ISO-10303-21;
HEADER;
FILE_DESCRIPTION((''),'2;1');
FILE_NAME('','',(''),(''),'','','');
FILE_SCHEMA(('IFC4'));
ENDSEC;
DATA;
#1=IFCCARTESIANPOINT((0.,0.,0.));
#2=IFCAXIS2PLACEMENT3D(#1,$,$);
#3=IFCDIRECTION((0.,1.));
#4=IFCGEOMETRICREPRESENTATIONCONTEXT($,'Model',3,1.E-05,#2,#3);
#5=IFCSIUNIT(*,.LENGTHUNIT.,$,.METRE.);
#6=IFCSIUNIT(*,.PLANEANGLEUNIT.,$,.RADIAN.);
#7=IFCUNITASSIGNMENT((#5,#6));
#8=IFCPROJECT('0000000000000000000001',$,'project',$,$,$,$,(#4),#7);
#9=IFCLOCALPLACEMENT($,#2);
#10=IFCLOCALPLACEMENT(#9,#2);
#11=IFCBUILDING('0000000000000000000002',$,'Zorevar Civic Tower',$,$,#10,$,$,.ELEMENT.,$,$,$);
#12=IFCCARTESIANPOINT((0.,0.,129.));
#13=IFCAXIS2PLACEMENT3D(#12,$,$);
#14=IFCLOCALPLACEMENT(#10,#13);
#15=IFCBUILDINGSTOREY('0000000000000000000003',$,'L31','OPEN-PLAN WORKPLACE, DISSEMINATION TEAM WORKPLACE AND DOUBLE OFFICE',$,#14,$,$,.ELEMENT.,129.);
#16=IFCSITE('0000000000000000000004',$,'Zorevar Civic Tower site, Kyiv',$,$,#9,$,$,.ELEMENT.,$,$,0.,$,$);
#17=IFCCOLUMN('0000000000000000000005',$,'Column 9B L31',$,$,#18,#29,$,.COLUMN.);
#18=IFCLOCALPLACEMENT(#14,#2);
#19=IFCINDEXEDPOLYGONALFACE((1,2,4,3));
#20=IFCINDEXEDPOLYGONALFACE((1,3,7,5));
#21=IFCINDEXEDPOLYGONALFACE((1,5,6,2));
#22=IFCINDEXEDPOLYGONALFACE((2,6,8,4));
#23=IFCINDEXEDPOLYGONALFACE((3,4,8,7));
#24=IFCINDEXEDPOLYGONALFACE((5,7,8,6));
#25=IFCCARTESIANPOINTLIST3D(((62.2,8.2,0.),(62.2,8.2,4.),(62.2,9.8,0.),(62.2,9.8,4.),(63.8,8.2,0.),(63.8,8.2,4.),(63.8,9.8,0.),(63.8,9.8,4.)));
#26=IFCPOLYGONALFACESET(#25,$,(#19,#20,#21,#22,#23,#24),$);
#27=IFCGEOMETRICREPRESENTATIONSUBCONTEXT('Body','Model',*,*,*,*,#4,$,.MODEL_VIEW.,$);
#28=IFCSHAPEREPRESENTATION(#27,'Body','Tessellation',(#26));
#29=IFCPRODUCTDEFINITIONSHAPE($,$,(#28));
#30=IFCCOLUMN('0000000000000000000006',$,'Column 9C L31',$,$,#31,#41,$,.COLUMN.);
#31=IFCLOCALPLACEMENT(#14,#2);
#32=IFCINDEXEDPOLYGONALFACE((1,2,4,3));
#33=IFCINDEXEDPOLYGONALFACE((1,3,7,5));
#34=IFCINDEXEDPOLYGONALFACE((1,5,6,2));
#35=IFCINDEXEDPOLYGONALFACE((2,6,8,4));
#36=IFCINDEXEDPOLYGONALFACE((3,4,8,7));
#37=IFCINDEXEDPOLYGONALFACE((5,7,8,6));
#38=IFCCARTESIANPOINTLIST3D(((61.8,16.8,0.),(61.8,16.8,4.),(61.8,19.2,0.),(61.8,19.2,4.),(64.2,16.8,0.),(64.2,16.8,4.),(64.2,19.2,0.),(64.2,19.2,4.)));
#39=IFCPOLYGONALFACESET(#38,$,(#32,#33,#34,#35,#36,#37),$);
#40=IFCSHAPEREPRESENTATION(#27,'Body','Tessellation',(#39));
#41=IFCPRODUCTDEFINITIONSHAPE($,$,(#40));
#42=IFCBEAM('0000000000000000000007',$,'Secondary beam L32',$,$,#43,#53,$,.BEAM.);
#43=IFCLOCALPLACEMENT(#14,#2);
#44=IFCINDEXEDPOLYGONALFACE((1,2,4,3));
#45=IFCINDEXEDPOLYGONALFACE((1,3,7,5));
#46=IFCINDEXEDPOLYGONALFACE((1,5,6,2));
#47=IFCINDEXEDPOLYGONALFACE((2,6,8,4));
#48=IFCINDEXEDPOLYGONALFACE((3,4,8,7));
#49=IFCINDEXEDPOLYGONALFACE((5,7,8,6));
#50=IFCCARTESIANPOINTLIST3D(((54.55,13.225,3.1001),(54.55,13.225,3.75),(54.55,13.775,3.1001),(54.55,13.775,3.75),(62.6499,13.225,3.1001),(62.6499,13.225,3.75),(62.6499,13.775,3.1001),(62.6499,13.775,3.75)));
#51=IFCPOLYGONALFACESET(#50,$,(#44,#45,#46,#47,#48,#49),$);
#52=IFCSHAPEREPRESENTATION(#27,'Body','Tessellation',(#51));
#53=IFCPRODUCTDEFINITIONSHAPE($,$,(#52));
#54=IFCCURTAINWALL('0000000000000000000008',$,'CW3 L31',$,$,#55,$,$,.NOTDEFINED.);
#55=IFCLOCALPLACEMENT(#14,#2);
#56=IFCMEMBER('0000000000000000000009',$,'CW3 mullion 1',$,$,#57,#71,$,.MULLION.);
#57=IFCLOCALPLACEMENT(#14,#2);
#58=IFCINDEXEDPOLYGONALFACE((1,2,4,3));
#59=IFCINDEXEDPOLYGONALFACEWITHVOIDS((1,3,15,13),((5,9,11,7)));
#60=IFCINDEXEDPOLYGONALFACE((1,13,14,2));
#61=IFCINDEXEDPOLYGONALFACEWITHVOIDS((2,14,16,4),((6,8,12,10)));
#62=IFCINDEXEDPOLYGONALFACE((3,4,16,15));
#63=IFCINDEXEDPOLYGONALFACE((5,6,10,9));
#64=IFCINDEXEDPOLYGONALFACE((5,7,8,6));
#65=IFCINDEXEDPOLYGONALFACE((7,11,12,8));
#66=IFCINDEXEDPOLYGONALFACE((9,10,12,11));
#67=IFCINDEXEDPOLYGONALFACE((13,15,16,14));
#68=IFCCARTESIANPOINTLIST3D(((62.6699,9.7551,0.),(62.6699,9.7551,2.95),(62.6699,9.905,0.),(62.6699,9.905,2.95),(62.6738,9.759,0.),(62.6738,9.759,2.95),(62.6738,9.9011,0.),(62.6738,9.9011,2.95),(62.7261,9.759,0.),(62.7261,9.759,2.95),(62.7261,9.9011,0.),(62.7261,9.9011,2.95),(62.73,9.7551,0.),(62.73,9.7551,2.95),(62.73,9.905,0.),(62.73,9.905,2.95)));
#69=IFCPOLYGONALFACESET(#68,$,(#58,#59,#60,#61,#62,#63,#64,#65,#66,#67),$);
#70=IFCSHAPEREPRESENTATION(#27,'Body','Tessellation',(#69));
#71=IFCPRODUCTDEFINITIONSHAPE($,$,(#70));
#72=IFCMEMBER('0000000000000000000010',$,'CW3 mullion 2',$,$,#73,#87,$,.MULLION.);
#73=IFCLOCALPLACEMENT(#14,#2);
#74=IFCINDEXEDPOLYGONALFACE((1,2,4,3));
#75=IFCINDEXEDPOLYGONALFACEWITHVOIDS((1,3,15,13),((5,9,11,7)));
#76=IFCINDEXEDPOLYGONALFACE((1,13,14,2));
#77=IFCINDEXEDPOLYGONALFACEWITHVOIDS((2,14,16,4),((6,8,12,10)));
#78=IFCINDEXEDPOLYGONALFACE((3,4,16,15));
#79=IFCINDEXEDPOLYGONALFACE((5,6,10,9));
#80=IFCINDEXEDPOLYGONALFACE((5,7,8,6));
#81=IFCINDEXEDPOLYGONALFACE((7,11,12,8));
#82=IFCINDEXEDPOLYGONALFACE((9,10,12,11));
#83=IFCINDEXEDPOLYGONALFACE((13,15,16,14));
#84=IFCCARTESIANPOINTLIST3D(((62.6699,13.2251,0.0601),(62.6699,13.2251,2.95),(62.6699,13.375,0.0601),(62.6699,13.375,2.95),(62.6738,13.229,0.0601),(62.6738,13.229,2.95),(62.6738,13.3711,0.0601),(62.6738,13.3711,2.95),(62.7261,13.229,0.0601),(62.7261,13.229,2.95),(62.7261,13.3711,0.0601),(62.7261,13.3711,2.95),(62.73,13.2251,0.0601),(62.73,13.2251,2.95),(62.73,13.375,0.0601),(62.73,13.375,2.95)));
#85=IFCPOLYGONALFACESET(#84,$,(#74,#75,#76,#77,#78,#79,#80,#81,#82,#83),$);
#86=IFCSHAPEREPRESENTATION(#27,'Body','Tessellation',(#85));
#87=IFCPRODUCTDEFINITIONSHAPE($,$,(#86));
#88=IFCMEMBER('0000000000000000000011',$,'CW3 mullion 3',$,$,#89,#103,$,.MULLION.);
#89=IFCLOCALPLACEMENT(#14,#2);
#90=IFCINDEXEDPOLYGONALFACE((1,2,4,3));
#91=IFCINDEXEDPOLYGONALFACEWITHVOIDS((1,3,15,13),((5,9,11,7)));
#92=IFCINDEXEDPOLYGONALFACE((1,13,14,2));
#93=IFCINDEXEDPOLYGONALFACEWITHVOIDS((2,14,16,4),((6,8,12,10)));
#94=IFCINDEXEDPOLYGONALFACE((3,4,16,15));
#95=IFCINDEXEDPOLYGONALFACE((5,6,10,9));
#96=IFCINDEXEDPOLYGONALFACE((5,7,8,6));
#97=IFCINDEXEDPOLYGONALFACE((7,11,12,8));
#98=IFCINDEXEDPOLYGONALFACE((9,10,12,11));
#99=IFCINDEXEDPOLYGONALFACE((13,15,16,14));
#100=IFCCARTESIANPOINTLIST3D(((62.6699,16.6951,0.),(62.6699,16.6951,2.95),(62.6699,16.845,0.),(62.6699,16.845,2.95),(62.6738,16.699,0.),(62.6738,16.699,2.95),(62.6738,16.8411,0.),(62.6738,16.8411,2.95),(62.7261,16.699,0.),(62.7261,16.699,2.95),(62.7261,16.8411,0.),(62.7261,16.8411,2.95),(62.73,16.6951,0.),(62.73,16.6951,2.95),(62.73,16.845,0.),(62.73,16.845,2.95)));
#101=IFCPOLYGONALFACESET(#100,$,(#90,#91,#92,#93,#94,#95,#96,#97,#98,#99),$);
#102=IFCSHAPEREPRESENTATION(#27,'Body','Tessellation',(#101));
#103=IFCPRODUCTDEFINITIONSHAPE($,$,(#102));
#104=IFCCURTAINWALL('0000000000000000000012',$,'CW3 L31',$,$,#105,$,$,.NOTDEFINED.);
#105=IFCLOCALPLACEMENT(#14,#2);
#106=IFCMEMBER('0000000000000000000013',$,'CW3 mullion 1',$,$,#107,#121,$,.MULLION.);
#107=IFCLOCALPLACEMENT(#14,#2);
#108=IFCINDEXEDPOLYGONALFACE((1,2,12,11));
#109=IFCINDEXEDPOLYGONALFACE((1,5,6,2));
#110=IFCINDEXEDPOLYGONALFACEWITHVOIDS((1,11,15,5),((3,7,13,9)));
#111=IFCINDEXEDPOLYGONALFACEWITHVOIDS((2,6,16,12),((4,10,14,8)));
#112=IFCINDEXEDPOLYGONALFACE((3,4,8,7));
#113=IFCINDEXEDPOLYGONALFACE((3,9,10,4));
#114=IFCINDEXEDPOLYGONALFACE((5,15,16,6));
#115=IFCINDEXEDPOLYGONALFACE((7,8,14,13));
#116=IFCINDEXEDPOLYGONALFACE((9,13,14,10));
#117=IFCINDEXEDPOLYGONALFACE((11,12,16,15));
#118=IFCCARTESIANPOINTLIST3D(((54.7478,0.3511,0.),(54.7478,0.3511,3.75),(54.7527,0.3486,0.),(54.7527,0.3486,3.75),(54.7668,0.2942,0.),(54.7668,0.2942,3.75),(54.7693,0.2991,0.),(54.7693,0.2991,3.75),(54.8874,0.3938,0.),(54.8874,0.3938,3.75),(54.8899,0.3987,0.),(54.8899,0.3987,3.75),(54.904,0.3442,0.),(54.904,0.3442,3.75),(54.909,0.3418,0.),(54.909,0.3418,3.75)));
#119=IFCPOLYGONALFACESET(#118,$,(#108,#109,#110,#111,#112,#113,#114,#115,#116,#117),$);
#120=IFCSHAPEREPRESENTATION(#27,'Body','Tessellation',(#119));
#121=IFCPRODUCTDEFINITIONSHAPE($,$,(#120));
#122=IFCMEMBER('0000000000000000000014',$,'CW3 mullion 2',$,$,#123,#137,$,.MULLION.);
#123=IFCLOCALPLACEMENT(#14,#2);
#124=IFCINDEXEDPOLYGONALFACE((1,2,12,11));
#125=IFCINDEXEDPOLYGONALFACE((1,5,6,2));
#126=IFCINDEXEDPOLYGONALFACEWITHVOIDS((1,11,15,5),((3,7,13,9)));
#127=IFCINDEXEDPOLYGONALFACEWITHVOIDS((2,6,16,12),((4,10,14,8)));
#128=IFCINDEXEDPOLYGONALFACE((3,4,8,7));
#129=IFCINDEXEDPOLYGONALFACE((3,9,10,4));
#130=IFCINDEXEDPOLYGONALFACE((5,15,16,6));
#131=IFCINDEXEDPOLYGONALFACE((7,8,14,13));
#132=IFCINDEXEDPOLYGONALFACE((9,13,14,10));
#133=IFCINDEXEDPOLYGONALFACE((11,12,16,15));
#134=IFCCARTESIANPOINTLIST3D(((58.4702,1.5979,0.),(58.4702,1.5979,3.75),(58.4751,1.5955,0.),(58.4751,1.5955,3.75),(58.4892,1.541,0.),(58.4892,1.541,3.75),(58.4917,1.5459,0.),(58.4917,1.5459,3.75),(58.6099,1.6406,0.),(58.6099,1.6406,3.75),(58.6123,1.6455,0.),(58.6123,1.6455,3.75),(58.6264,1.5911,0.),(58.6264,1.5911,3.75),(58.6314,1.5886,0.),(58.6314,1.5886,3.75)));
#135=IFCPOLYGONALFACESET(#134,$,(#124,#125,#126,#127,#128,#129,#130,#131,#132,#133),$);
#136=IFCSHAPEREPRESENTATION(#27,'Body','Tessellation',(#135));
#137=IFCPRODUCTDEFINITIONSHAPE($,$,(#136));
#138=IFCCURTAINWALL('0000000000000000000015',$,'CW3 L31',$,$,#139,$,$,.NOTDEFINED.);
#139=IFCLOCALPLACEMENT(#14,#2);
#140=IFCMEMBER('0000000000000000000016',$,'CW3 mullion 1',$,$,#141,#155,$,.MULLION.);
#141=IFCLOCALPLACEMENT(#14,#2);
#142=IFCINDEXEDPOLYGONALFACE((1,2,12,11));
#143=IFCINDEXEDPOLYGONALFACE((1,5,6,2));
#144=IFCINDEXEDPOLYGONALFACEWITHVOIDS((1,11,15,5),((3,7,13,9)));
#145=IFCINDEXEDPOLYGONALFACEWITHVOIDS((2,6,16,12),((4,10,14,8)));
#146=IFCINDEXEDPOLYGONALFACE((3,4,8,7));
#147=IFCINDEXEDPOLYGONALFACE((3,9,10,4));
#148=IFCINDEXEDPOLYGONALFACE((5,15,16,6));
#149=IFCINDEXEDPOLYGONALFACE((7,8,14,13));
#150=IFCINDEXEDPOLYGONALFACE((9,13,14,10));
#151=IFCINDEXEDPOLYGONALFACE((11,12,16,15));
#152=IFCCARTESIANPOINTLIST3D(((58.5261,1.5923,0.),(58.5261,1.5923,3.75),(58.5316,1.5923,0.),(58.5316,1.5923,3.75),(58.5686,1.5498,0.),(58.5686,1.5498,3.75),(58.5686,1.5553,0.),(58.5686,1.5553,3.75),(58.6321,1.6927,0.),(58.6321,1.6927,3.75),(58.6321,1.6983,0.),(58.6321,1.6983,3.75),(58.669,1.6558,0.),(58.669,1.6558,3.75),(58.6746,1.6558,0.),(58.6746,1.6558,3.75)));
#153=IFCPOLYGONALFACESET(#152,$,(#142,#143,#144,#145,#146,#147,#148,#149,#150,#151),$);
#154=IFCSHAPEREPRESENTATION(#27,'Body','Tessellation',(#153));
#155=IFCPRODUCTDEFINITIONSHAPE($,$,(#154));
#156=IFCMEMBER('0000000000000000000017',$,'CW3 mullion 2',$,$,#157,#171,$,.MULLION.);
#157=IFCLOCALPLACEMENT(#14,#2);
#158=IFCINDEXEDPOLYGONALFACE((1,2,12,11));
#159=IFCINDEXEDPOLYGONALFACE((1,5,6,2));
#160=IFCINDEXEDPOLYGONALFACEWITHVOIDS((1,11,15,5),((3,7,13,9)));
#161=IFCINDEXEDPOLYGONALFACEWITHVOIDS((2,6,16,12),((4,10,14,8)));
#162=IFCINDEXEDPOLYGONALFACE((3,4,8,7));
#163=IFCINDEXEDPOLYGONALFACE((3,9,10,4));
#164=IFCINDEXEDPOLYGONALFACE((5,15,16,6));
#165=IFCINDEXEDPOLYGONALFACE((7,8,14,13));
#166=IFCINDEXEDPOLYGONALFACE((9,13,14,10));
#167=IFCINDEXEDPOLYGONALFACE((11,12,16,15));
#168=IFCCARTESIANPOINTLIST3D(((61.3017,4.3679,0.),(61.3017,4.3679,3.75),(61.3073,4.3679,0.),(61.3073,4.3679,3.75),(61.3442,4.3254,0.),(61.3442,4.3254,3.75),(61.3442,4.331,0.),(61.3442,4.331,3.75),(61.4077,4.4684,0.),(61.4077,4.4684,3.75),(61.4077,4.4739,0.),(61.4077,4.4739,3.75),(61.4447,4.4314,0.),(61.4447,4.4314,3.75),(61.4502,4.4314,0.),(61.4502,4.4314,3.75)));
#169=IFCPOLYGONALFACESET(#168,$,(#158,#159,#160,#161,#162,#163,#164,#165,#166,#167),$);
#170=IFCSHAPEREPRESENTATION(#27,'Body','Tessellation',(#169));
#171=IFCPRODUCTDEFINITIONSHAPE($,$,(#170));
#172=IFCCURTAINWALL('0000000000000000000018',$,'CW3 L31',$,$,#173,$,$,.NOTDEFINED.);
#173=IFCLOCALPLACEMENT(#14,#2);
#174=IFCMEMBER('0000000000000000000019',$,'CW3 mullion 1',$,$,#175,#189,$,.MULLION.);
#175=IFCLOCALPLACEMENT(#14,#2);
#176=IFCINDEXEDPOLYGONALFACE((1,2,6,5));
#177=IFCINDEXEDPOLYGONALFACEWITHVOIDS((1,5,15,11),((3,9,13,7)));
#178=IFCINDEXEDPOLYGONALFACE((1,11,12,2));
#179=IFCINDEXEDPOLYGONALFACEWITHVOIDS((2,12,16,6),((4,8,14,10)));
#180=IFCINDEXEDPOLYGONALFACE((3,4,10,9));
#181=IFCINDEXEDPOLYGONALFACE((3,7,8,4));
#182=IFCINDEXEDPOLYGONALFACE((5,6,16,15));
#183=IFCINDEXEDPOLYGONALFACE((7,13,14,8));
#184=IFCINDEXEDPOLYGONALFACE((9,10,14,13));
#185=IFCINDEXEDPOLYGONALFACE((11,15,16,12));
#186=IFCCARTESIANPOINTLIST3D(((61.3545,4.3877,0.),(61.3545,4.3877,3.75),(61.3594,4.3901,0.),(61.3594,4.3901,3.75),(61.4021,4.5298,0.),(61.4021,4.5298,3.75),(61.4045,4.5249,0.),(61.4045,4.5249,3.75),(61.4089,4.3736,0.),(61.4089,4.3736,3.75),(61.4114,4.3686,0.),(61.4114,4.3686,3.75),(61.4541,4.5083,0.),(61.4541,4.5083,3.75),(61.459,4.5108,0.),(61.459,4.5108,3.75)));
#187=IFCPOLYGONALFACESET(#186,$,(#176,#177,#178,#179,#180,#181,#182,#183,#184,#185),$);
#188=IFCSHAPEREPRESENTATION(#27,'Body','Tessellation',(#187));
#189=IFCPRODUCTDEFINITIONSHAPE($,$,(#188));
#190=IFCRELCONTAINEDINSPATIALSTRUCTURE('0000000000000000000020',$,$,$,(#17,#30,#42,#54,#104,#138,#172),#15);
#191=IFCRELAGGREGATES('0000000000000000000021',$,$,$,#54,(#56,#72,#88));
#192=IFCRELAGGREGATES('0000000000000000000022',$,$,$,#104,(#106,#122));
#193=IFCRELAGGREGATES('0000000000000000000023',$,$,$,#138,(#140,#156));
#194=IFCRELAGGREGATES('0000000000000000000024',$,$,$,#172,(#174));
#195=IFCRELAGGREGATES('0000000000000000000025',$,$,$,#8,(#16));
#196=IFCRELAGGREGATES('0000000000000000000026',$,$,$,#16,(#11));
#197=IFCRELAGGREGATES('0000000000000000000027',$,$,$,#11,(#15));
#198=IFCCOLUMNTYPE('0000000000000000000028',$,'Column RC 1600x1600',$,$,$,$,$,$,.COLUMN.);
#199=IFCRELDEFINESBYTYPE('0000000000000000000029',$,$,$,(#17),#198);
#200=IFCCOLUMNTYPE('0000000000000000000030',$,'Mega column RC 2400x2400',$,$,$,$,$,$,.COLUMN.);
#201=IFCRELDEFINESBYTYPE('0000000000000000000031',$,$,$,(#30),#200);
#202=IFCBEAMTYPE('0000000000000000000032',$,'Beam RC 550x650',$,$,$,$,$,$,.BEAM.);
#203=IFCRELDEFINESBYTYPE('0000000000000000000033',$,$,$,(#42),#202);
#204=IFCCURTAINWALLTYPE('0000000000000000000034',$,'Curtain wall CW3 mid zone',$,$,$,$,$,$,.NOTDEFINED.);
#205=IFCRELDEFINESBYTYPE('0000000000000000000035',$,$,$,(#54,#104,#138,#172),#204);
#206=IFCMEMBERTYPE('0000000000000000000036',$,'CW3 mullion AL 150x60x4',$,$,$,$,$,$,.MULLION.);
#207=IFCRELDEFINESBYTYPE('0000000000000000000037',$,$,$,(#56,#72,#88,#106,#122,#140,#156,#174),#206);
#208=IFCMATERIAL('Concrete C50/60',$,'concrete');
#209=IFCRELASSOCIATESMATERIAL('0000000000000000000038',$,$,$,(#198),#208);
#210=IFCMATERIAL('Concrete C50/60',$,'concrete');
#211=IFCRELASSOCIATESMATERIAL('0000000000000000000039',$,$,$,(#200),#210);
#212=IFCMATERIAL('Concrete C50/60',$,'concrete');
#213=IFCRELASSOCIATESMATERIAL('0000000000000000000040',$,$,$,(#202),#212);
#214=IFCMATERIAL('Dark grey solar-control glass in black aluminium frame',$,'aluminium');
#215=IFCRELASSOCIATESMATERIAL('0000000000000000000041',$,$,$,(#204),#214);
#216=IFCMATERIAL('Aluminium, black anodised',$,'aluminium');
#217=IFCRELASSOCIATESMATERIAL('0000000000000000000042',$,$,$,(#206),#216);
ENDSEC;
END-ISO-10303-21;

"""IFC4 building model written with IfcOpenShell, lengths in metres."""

from ifc_helpers import new_model, si_unit, direction, frame, origin, origin_2d, place, context, subcontext, project, spatial, rectangle, hollow_rectangle, extrude, material, material_profile, profile_set, type_object, element, aggregate, save


model = new_model("IFC4")

# Units and contexts
model_context = context("Model", 3, precision=1e-05, world=origin(), true_north=direction((0.0, 1.0)))
body_context = subcontext(model_context, "Body", "Model", "MODEL_VIEW")
ifc_project = project(units=[si_unit("LENGTHUNIT", "METRE"), si_unit("PLANEANGLEUNIT", "RADIAN")], contexts=[model_context])

# Site, building, storey
site_placement = place(None, origin())
site = spatial("IfcSite", under=ifc_project, at=site_placement, Name="Zorevar Civic Tower site, Kyiv", CompositionType="ELEMENT", RefElevation=0.0)
building_placement = place(site_placement, origin())
building = spatial("IfcBuilding", under=site, at=building_placement, Name="Zorevar Civic Tower", CompositionType="ELEMENT")
storey_placement = place(building_placement, frame((0.0, 0.0, 129.0)))
storey = spatial("IfcBuildingStorey", under=building, at=storey_placement, Name="L31", Description="OPEN-PLAN WORKPLACE, DISSEMINATION TEAM WORKPLACE AND DOUBLE OFFICE", CompositionType="ELEMENT", Elevation=129.0)

# Columns
ifc_material_1 = material(Name="Concrete C50/60", Category="concrete")
ifc_material_profile_1 = material_profile(ifc_material_1, rectangle(XDim=1.6001, YDim=1.6001, at=origin_2d()), Name="RC 1600x1600")
ifc_profile_set_1 = profile_set([ifc_material_profile_1], Name="Concrete C50/60")
column_type_1 = type_object("IfcColumnType", Name="Column RC 1600x1600", PredefinedType="COLUMN", material=ifc_profile_set_1)
column_1_placement = place(storey_placement, frame((63.0, 9.0, 0.0), z_axis=(0.0, 0.0, 1.0), x_axis=(1.0, 0.0, 0.0)))
element("IfcColumn", 1, at=column_1_placement, inside=storey, type_object=column_type_1, Name="Column 9B L31", PredefinedType="COLUMN", context=body_context, shape_type="SweptSolid", body=[
    extrude(rectangle(XDim=1.6001, YDim=1.6001, at=origin_2d()), origin(), (0.0, 0.0, 1.0), 4.0),
])
ifc_material_2 = material(Name="Concrete C50/60", Category="concrete")
ifc_material_profile_2 = material_profile(ifc_material_2, rectangle(XDim=2.3999, YDim=2.3999, at=origin_2d()), Name="RC 2400x2400")
ifc_profile_set_2 = profile_set([ifc_material_profile_2], Name="Concrete C50/60")
column_type_2 = type_object("IfcColumnType", Name="Mega column RC 2400x2400", PredefinedType="COLUMN", material=ifc_profile_set_2)
column_2_placement = place(storey_placement, frame((63.0, 18.0, 0.0), z_axis=(0.0, 0.0, 1.0), x_axis=(1.0, 0.0, 0.0)))
element("IfcColumn", 2, at=column_2_placement, inside=storey, type_object=column_type_2, Name="Column 9C L31", PredefinedType="COLUMN", context=body_context, shape_type="SweptSolid", body=[
    extrude(rectangle(XDim=2.3999, YDim=2.3999, at=origin_2d()), origin(), (0.0, 0.0, 1.0), 4.0),
])

# Beam
ifc_material_3 = material(Name="Concrete C50/60", Category="concrete")
ifc_material_profile_3 = material_profile(ifc_material_3, rectangle(XDim=0.55, YDim=0.6499, at=origin_2d()), Name="RC 550x650")
ifc_profile_set_3 = profile_set([ifc_material_profile_3], Name="Concrete C50/60")
beam_type_1 = type_object("IfcBeamType", Name="Beam RC 550x650", PredefinedType="BEAM", material=ifc_profile_set_3)
beam_placement = place(storey_placement, frame((54.55, 13.5, 3.425), z_axis=(1.0, 0.0, 0.0), x_axis=(0.0, 1.0, 0.0)))
element("IfcBeam", 3, at=beam_placement, inside=storey, type_object=beam_type_1, Name="Secondary beam L32", PredefinedType="BEAM", context=body_context, shape_type="SweptSolid", body=[
    extrude(rectangle(XDim=0.55, YDim=0.6499, at=origin_2d()), origin(), (0.0, 0.0, 1.0), 8.0999),
])

# Curtain walls, members
ifc_material_4 = material(Name="Dark grey solar-control glass in black aluminium frame", Category="aluminium")
curtain_wall_type = type_object("IfcCurtainWallType", Name="Curtain wall CW3 mid zone", PredefinedType="NOTDEFINED", material=ifc_material_4)
curtain_wall_1_placement = place(storey_placement, origin())
curtain_wall_1 = element("IfcCurtainWall", 4, at=curtain_wall_1_placement, inside=storey, type_object=curtain_wall_type, Name="CW3 L31", PredefinedType="NOTDEFINED")
ifc_material_5 = material(Name="Aluminium, black anodised", Category="aluminium")
ifc_material_profile_4 = material_profile(ifc_material_5, hollow_rectangle(XDim=0.0601, YDim=0.1499, WallThickness=0.0039, at=origin_2d()), Name="AL 150x60x4")
ifc_profile_set_4 = profile_set([ifc_material_profile_4], Name="Aluminium, black anodised")
member_type_1 = type_object("IfcMemberType", Name="CW3 mullion AL 150x60x4", PredefinedType="MULLION", material=ifc_profile_set_4)
member_1_placement = place(storey_placement, frame((62.7, 9.8301, 0.0), z_axis=(0.0, 0.0, 1.0), x_axis=(-1.0, 0.0, 0.0)))
member_1 = element("IfcMember", 5, at=member_1_placement, type_object=member_type_1, Name="CW3 mullion 1", PredefinedType="MULLION", context=body_context, shape_type="SweptSolid", body=[
    extrude(hollow_rectangle(XDim=0.0601, YDim=0.1499, WallThickness=0.0039, at=origin_2d()), origin(), (0.0, 0.0, 1.0), 2.95),
])
member_2_placement = place(storey_placement, frame((62.7, 13.3, 0.0601), z_axis=(0.0, 0.0, 1.0), x_axis=(-1.0, 0.0, 0.0)))
member_2 = element("IfcMember", 6, at=member_2_placement, type_object=member_type_1, Name="CW3 mullion 2", PredefinedType="MULLION", context=body_context, shape_type="SweptSolid", body=[
    extrude(hollow_rectangle(XDim=0.0601, YDim=0.1499, WallThickness=0.0039, at=origin_2d()), origin(), (0.0, 0.0, 1.0), 2.8899),
])
member_3_placement = place(storey_placement, frame((62.7, 16.77, 0.0), z_axis=(0.0, 0.0, 1.0), x_axis=(-1.0, 0.0, 0.0)))
member_3 = element("IfcMember", 7, at=member_3_placement, type_object=member_type_1, Name="CW3 mullion 3", PredefinedType="MULLION", context=body_context, shape_type="SweptSolid", body=[
    extrude(hollow_rectangle(XDim=0.0601, YDim=0.1499, WallThickness=0.0039, at=origin_2d()), origin(), (0.0, 0.0, 1.0), 2.95),
])
curtain_wall_2_placement = place(storey_placement, origin())
curtain_wall_2 = element("IfcCurtainWall", 8, at=curtain_wall_2_placement, inside=storey, type_object=curtain_wall_type, Name="CW3 L31", PredefinedType="NOTDEFINED")
member_4_placement = place(storey_placement, frame((54.8284, 0.3464, 0.0), z_axis=(0.0, 0.0, 1.0), x_axis=(-0.317593, 0.948227, 0.0)))
member_4 = element("IfcMember", 9, at=member_4_placement, type_object=member_type_1, Name="CW3 mullion 1", PredefinedType="MULLION", context=body_context, shape_type="SweptSolid", body=[
    extrude(hollow_rectangle(XDim=0.0601, YDim=0.1499, WallThickness=0.0039, at=origin_2d()), origin(), (0.0, 0.0, 1.0), 3.75),
])
member_5_placement = place(storey_placement, frame((58.5508, 1.5933, 0.0), z_axis=(0.0, 0.0, 1.0), x_axis=(-0.317593, 0.948227, 0.0)))
member_5 = element("IfcMember", 10, at=member_5_placement, type_object=member_type_1, Name="CW3 mullion 2", PredefinedType="MULLION", context=body_context, shape_type="SweptSolid", body=[
    extrude(hollow_rectangle(XDim=0.0601, YDim=0.1499, WallThickness=0.0039, at=origin_2d()), origin(), (0.0, 0.0, 1.0), 3.75),
])
curtain_wall_3_placement = place(storey_placement, origin())
curtain_wall_3 = element("IfcCurtainWall", 11, at=curtain_wall_3_placement, inside=storey, type_object=curtain_wall_type, Name="CW3 L31", PredefinedType="NOTDEFINED")
member_6_placement = place(storey_placement, frame((58.6003, 1.624, 0.0), z_axis=(0.0, 0.0, 1.0), x_axis=(-0.707107, 0.707107, 0.0)))
member_6 = element("IfcMember", 12, at=member_6_placement, type_object=member_type_1, Name="CW3 mullion 1", PredefinedType="MULLION", context=body_context, shape_type="SweptSolid", body=[
    extrude(hollow_rectangle(XDim=0.0601, YDim=0.1499, WallThickness=0.0039, at=origin_2d()), origin(), (0.0, 0.0, 1.0), 3.75),
])
member_7_placement = place(storey_placement, frame((61.376, 4.3997, 0.0), z_axis=(0.0, 0.0, 1.0), x_axis=(-0.707107, 0.707107, 0.0)))
member_7 = element("IfcMember", 13, at=member_7_placement, type_object=member_type_1, Name="CW3 mullion 2", PredefinedType="MULLION", context=body_context, shape_type="SweptSolid", body=[
    extrude(hollow_rectangle(XDim=0.0601, YDim=0.1499, WallThickness=0.0039, at=origin_2d()), origin(), (0.0, 0.0, 1.0), 3.75),
])
curtain_wall_4_placement = place(storey_placement, origin())
curtain_wall_4 = element("IfcCurtainWall", 14, at=curtain_wall_4_placement, inside=storey, type_object=curtain_wall_type, Name="CW3 L31", PredefinedType="NOTDEFINED")
member_8_placement = place(storey_placement, frame((61.4067, 4.4492, 0.0), z_axis=(0.0, 0.0, 1.0), x_axis=(-0.948227, 0.317593, 0.0)))
member_8 = element("IfcMember", 15, at=member_8_placement, type_object=member_type_1, Name="CW3 mullion 1", PredefinedType="MULLION", context=body_context, shape_type="SweptSolid", body=[
    extrude(hollow_rectangle(XDim=0.0601, YDim=0.1499, WallThickness=0.0039, at=origin_2d()), origin(), (0.0, 0.0, 1.0), 3.75),
])

aggregate(curtain_wall_1, [member_1, member_2, member_3])
aggregate(curtain_wall_2, [member_4, member_5])
aggregate(curtain_wall_3, [member_6, member_7])
aggregate(curtain_wall_4, [member_8])

save(model, "model.ifc")
